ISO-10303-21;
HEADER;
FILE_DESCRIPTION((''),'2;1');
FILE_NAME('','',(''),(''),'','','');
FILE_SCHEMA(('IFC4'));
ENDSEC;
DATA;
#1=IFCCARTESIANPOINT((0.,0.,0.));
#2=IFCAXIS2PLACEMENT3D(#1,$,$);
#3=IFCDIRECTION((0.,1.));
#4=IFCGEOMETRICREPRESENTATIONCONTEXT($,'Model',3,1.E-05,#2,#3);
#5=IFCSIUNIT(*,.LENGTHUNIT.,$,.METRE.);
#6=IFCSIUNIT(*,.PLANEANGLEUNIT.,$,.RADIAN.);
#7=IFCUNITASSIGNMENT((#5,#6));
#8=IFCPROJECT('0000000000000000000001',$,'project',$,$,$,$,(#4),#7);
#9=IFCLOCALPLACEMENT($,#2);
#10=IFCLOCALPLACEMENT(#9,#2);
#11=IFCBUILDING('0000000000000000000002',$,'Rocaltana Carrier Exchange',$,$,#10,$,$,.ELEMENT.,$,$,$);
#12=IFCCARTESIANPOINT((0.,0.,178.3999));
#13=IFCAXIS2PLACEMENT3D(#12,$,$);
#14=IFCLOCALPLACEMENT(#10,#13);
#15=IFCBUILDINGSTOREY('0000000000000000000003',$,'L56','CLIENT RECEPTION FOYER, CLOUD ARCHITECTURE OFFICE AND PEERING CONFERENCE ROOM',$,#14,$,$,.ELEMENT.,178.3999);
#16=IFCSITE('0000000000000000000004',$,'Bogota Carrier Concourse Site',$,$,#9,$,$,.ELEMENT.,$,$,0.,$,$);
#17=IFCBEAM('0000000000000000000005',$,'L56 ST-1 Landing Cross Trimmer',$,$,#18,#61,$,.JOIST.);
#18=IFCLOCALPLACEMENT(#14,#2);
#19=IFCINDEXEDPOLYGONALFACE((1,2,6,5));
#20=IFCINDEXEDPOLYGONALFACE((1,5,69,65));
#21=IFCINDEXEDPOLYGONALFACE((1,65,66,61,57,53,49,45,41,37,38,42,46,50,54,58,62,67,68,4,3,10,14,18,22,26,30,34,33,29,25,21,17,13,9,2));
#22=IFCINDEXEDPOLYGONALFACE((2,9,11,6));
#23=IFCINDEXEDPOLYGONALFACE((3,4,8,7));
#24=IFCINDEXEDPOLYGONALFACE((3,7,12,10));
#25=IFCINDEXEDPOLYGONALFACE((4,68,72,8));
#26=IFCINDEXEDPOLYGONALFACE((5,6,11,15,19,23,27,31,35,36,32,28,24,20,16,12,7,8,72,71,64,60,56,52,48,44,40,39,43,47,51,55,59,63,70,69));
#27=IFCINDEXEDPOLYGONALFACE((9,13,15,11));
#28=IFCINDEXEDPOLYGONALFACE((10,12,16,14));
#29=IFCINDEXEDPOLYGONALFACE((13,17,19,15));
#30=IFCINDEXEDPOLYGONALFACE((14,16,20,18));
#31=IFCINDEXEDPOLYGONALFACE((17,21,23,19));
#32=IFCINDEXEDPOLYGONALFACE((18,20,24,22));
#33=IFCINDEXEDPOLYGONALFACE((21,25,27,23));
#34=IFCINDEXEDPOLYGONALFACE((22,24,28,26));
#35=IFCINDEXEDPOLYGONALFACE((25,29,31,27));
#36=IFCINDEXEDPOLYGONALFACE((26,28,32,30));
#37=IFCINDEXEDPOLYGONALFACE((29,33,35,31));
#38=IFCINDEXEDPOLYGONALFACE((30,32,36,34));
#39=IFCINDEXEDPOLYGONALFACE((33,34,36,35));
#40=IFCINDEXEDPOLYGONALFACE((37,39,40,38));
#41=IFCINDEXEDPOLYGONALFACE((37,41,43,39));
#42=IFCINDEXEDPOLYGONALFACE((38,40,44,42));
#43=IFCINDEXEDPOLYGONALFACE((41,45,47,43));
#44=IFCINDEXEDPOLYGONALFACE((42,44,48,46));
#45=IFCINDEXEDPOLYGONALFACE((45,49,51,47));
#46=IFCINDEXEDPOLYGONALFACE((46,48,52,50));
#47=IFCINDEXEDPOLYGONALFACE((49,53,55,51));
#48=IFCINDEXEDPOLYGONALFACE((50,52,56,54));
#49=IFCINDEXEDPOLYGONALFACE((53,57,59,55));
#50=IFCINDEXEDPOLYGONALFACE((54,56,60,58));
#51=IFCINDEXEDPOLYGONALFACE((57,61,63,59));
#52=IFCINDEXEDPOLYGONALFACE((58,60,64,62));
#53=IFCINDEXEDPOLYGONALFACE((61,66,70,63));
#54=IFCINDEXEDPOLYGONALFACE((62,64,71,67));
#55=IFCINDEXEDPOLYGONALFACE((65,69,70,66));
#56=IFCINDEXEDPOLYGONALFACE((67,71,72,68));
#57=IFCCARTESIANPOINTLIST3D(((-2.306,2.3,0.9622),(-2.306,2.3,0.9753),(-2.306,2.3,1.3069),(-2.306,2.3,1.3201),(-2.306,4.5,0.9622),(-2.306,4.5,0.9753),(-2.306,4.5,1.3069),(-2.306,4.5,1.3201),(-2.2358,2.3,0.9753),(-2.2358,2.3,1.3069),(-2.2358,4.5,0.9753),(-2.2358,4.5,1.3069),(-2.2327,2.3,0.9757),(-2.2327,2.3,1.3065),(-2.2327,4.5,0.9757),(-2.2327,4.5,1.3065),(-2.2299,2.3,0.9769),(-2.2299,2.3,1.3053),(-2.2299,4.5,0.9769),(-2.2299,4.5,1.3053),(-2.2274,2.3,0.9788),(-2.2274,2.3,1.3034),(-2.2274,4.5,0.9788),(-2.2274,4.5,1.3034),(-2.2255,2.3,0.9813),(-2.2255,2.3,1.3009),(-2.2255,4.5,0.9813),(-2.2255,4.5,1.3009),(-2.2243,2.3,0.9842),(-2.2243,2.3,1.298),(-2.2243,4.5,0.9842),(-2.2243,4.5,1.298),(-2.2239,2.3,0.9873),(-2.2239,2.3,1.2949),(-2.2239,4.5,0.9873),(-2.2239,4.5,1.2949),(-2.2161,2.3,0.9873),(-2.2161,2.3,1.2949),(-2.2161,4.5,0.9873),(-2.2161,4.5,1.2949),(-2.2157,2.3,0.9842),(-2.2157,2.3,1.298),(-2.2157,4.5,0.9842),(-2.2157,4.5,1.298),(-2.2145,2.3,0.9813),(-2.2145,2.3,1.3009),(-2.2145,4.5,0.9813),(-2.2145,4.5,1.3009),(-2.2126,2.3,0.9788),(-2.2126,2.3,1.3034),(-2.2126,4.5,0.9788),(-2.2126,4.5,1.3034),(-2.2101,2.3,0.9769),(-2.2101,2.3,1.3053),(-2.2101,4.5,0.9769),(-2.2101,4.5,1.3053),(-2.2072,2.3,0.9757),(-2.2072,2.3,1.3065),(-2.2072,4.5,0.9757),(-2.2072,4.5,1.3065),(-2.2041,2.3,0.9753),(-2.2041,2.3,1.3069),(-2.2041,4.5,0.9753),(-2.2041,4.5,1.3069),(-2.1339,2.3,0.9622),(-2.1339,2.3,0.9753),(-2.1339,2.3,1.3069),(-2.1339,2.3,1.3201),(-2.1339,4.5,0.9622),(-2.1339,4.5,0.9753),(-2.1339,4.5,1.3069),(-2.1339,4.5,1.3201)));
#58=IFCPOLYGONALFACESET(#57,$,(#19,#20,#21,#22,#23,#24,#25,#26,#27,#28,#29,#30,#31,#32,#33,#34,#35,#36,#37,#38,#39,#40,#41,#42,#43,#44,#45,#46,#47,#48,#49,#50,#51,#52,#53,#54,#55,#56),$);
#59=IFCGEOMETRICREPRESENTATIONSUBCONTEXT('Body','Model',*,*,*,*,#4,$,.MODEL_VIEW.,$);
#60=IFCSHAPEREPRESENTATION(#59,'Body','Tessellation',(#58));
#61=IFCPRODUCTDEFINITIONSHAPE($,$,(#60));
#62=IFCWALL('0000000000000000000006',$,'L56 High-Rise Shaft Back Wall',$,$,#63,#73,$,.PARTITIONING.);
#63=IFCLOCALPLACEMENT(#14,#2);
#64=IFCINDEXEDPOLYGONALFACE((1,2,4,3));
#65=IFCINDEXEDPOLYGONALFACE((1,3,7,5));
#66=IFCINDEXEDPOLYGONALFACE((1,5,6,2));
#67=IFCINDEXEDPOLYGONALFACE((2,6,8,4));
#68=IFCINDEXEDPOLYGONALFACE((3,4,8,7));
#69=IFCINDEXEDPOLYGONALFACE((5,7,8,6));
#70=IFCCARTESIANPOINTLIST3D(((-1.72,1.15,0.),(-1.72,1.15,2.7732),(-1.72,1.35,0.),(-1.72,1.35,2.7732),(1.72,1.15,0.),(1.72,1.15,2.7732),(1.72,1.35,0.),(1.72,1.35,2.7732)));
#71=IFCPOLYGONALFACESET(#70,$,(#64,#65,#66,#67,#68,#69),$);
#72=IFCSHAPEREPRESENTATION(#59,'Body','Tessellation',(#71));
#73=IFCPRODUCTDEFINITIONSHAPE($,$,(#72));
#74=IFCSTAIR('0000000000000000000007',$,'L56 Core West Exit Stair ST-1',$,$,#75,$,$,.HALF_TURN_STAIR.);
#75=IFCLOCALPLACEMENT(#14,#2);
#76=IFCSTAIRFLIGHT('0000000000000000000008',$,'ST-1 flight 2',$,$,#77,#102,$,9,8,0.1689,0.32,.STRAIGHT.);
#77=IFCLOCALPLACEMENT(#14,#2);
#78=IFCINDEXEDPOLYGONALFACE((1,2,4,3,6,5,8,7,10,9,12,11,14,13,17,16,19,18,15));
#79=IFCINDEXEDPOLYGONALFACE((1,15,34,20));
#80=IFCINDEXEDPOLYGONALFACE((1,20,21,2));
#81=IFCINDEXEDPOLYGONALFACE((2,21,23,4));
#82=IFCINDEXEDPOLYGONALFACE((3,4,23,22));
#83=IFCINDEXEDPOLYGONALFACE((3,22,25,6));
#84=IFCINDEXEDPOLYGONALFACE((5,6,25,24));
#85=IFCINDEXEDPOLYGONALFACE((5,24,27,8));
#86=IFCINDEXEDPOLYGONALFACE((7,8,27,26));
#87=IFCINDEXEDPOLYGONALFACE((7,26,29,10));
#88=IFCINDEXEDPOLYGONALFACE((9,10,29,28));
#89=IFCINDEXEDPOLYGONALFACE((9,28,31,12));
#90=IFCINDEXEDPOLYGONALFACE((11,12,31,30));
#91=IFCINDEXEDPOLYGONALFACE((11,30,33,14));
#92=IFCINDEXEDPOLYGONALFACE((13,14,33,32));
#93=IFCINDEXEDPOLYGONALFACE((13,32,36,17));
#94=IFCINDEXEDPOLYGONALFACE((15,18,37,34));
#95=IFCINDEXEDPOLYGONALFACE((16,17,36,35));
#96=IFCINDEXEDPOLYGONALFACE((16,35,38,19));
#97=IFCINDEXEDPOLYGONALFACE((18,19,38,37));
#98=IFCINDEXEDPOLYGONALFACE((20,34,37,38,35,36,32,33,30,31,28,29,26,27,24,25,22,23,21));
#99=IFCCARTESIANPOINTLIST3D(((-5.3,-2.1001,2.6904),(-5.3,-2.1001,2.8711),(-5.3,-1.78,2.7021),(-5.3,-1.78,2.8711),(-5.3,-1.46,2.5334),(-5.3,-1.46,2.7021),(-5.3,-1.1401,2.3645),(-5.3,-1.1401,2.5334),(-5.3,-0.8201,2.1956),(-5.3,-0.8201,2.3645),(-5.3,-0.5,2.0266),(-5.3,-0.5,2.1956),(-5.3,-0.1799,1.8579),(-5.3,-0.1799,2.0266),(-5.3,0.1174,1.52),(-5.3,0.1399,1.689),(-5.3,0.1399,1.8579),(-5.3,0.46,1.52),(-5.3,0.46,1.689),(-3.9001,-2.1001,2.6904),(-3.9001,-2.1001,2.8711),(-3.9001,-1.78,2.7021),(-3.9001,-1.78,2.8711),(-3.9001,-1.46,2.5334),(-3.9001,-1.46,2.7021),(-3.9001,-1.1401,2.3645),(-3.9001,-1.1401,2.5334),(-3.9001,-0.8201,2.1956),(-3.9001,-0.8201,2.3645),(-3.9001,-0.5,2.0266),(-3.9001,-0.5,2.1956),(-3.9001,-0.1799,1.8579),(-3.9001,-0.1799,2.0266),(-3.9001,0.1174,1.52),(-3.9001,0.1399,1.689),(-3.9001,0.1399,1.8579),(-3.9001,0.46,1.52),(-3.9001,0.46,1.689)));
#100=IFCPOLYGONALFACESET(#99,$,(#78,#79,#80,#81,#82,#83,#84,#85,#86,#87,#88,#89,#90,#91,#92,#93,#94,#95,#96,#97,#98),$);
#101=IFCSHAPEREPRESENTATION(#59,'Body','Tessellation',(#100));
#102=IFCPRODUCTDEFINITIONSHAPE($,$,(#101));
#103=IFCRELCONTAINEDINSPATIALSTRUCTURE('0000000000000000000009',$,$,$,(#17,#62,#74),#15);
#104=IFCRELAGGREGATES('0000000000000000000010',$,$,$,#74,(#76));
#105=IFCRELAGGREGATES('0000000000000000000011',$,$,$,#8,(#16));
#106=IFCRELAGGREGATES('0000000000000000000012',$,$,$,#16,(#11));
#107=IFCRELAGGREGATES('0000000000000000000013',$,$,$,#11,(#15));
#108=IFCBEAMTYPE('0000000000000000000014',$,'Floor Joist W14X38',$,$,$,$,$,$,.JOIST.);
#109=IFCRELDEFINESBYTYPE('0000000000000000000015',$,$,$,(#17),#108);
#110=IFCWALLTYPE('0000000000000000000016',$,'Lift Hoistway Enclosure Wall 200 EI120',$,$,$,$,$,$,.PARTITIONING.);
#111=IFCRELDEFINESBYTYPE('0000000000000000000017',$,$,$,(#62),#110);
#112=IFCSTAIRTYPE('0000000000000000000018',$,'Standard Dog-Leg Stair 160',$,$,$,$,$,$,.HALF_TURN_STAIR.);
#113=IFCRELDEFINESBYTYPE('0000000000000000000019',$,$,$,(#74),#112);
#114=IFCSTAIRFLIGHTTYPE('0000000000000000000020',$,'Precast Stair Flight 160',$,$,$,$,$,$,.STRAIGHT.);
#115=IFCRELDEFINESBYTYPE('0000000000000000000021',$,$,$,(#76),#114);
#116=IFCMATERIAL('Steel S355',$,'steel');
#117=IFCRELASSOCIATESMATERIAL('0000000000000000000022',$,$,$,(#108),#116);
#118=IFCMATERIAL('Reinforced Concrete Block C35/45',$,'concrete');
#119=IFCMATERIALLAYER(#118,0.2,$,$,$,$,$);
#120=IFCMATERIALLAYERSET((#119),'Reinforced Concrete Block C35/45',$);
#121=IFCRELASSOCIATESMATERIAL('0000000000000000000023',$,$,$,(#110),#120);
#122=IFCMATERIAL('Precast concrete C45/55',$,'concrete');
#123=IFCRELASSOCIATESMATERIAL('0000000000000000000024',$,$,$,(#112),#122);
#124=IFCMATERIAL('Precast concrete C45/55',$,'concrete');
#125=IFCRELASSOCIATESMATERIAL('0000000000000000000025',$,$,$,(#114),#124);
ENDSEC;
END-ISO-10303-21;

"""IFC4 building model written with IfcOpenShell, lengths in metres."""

from ifc_helpers import new_model, si_unit, direction, frame, frame_2d, origin, origin_2d, place, context, subcontext, project, spatial, polyline, rectangle, i_section, outline, extrude, material, layer, layer_set, material_profile, profile_set, type_object, element, aggregate, save


model = new_model("IFC4")

# Units and contexts
model_context = context("Model", 3, precision=1e-05, world=origin(), true_north=direction((0.0, 1.0)))
body_context = subcontext(model_context, "Body", "Model", "MODEL_VIEW")
ifc_project = project(units=[si_unit("LENGTHUNIT", "METRE"), si_unit("PLANEANGLEUNIT", "RADIAN")], contexts=[model_context])

# Site, building, storey
site_placement = place(None, origin())
site = spatial("IfcSite", under=ifc_project, at=site_placement, Name="Bogota Carrier Concourse Site", CompositionType="ELEMENT", RefElevation=0.0)
building_placement = place(site_placement, origin())
building = spatial("IfcBuilding", under=site, at=building_placement, Name="Rocaltana Carrier Exchange", CompositionType="ELEMENT")
storey_placement = place(building_placement, frame((0.0, 0.0, 178.3999)))
storey = spatial("IfcBuildingStorey", under=building, at=storey_placement, Name="L56", Description="CLIENT RECEPTION FOYER, CLOUD ARCHITECTURE OFFICE AND PEERING CONFERENCE ROOM", CompositionType="ELEMENT", Elevation=178.3999)

# Beam
ifc_material_1 = material(Name="Steel S355", Category="steel")
ifc_material_profile = material_profile(ifc_material_1, i_section(OverallWidth=0.1721, OverallDepth=0.3579, WebThickness=0.0078, FlangeThickness=0.0132, FilletRadius=0.012, at=origin_2d()), Name="W14X38")
ifc_profile_set = profile_set([ifc_material_profile], Name="Steel S355")
beam_type = type_object("IfcBeamType", Name="Floor Joist W14X38", PredefinedType="JOIST", material=ifc_profile_set)
beam_placement = place(storey_placement, frame((-2.22, 2.3, 1.1411), z_axis=(0.0, 1.0, 0.0), x_axis=(-1.0, 0.0, 0.0)))
element("IfcBeam", 1, at=beam_placement, inside=storey, type_object=beam_type, Name="L56 ST-1 Landing Cross Trimmer", PredefinedType="JOIST", context=body_context, shape_type="SweptSolid", body=[
    extrude(i_section(OverallWidth=0.1721, OverallDepth=0.3579, WebThickness=0.0078, FlangeThickness=0.0132, FilletRadius=0.012, at=origin_2d()), origin(), (0.0, 0.0, 1.0), 2.2),
])

# Wall
ifc_material_2 = material(Name="Reinforced Concrete Block C35/45", Category="concrete")
ifc_layer_1 = layer(ifc_material_2, 0.2)
ifc_layer_set_1 = layer_set([ifc_layer_1], Name="Reinforced Concrete Block C35/45")
wall_type = type_object("IfcWallType", Name="Lift Hoistway Enclosure Wall 200 EI120", PredefinedType="PARTITIONING", material=ifc_layer_set_1)
wall_placement = place(storey_placement, frame((-1.72, 1.25, 0.0), z_axis=(0.0, 0.0, 1.0), x_axis=(1.0, 0.0, 0.0)))
element("IfcWall", 2, at=wall_placement, inside=storey, type_object=wall_type, Name="L56 High-Rise Shaft Back Wall", PredefinedType="PARTITIONING", context=body_context, shape_type="SweptSolid", body=[
    extrude(rectangle(XDim=3.4399, YDim=0.2, at=frame_2d((1.72, 0.0))), origin(), (0.0, 0.0, 1.0), 2.7732),
])

# Stair, stair flight
ifc_material_3 = material(Name="Precast concrete C45/55", Category="concrete")
stair_type = type_object("IfcStairType", Name="Standard Dog-Leg Stair 160", PredefinedType="HALF_TURN_STAIR", material=ifc_material_3)
stair_placement = place(storey_placement, origin())
stair = element("IfcStair", 3, at=stair_placement, inside=storey, type_object=stair_type, Name="L56 Core West Exit Stair ST-1", PredefinedType="HALF_TURN_STAIR")
ifc_material_4 = material(Name="Precast concrete C45/55", Category="concrete")
stair_flight_type = type_object("IfcStairFlightType", Name="Precast Stair Flight 160", PredefinedType="STRAIGHT", material=ifc_material_4)
stair_flight_placement = place(storey_placement, frame((-4.6001, 0.46, 1.52), z_axis=(0.0, 0.0, 1.0), x_axis=(0.0, -1.0, 0.0)))
stair_flight = element("IfcStairFlight", 4, at=stair_flight_placement, type_object=stair_flight_type, Name="ST-1 flight 2", NumberOfRisers=9, NumberOfTreads=8, PredefinedType="STRAIGHT", RiserHeight=0.1689, TreadLength=0.32, context=body_context, shape_type="SweptSolid", body=[
    extrude(outline(polyline([(0.0, 0.0), (0.0, 0.1689), (0.3201, 0.1689), (0.3201, 0.3379), (0.6399, 0.3379), (0.6399, 0.5066), (0.96, 0.5066), (0.96, 0.6755), (1.28, 0.6755), (1.28, 0.8445), (1.6001, 0.8445), (1.6001, 1.0134), (1.9199, 1.0134), (1.9199, 1.1821), (2.24, 1.1821), (2.24, 1.3511), (2.5601, 1.3511), (2.5601, 1.52), (2.5601, 1.1704), (0.3425, 0.0), (0.0, 0.0)])), frame((0.0, 0.7, 0.0), z_axis=(0.0, -1.0, 0.0), x_axis=(1.0, 0.0, 0.0)), (0.0, 0.0, 1.0), 1.3999),
])
aggregate(stair, [stair_flight])

save(model, "model.ifc")
